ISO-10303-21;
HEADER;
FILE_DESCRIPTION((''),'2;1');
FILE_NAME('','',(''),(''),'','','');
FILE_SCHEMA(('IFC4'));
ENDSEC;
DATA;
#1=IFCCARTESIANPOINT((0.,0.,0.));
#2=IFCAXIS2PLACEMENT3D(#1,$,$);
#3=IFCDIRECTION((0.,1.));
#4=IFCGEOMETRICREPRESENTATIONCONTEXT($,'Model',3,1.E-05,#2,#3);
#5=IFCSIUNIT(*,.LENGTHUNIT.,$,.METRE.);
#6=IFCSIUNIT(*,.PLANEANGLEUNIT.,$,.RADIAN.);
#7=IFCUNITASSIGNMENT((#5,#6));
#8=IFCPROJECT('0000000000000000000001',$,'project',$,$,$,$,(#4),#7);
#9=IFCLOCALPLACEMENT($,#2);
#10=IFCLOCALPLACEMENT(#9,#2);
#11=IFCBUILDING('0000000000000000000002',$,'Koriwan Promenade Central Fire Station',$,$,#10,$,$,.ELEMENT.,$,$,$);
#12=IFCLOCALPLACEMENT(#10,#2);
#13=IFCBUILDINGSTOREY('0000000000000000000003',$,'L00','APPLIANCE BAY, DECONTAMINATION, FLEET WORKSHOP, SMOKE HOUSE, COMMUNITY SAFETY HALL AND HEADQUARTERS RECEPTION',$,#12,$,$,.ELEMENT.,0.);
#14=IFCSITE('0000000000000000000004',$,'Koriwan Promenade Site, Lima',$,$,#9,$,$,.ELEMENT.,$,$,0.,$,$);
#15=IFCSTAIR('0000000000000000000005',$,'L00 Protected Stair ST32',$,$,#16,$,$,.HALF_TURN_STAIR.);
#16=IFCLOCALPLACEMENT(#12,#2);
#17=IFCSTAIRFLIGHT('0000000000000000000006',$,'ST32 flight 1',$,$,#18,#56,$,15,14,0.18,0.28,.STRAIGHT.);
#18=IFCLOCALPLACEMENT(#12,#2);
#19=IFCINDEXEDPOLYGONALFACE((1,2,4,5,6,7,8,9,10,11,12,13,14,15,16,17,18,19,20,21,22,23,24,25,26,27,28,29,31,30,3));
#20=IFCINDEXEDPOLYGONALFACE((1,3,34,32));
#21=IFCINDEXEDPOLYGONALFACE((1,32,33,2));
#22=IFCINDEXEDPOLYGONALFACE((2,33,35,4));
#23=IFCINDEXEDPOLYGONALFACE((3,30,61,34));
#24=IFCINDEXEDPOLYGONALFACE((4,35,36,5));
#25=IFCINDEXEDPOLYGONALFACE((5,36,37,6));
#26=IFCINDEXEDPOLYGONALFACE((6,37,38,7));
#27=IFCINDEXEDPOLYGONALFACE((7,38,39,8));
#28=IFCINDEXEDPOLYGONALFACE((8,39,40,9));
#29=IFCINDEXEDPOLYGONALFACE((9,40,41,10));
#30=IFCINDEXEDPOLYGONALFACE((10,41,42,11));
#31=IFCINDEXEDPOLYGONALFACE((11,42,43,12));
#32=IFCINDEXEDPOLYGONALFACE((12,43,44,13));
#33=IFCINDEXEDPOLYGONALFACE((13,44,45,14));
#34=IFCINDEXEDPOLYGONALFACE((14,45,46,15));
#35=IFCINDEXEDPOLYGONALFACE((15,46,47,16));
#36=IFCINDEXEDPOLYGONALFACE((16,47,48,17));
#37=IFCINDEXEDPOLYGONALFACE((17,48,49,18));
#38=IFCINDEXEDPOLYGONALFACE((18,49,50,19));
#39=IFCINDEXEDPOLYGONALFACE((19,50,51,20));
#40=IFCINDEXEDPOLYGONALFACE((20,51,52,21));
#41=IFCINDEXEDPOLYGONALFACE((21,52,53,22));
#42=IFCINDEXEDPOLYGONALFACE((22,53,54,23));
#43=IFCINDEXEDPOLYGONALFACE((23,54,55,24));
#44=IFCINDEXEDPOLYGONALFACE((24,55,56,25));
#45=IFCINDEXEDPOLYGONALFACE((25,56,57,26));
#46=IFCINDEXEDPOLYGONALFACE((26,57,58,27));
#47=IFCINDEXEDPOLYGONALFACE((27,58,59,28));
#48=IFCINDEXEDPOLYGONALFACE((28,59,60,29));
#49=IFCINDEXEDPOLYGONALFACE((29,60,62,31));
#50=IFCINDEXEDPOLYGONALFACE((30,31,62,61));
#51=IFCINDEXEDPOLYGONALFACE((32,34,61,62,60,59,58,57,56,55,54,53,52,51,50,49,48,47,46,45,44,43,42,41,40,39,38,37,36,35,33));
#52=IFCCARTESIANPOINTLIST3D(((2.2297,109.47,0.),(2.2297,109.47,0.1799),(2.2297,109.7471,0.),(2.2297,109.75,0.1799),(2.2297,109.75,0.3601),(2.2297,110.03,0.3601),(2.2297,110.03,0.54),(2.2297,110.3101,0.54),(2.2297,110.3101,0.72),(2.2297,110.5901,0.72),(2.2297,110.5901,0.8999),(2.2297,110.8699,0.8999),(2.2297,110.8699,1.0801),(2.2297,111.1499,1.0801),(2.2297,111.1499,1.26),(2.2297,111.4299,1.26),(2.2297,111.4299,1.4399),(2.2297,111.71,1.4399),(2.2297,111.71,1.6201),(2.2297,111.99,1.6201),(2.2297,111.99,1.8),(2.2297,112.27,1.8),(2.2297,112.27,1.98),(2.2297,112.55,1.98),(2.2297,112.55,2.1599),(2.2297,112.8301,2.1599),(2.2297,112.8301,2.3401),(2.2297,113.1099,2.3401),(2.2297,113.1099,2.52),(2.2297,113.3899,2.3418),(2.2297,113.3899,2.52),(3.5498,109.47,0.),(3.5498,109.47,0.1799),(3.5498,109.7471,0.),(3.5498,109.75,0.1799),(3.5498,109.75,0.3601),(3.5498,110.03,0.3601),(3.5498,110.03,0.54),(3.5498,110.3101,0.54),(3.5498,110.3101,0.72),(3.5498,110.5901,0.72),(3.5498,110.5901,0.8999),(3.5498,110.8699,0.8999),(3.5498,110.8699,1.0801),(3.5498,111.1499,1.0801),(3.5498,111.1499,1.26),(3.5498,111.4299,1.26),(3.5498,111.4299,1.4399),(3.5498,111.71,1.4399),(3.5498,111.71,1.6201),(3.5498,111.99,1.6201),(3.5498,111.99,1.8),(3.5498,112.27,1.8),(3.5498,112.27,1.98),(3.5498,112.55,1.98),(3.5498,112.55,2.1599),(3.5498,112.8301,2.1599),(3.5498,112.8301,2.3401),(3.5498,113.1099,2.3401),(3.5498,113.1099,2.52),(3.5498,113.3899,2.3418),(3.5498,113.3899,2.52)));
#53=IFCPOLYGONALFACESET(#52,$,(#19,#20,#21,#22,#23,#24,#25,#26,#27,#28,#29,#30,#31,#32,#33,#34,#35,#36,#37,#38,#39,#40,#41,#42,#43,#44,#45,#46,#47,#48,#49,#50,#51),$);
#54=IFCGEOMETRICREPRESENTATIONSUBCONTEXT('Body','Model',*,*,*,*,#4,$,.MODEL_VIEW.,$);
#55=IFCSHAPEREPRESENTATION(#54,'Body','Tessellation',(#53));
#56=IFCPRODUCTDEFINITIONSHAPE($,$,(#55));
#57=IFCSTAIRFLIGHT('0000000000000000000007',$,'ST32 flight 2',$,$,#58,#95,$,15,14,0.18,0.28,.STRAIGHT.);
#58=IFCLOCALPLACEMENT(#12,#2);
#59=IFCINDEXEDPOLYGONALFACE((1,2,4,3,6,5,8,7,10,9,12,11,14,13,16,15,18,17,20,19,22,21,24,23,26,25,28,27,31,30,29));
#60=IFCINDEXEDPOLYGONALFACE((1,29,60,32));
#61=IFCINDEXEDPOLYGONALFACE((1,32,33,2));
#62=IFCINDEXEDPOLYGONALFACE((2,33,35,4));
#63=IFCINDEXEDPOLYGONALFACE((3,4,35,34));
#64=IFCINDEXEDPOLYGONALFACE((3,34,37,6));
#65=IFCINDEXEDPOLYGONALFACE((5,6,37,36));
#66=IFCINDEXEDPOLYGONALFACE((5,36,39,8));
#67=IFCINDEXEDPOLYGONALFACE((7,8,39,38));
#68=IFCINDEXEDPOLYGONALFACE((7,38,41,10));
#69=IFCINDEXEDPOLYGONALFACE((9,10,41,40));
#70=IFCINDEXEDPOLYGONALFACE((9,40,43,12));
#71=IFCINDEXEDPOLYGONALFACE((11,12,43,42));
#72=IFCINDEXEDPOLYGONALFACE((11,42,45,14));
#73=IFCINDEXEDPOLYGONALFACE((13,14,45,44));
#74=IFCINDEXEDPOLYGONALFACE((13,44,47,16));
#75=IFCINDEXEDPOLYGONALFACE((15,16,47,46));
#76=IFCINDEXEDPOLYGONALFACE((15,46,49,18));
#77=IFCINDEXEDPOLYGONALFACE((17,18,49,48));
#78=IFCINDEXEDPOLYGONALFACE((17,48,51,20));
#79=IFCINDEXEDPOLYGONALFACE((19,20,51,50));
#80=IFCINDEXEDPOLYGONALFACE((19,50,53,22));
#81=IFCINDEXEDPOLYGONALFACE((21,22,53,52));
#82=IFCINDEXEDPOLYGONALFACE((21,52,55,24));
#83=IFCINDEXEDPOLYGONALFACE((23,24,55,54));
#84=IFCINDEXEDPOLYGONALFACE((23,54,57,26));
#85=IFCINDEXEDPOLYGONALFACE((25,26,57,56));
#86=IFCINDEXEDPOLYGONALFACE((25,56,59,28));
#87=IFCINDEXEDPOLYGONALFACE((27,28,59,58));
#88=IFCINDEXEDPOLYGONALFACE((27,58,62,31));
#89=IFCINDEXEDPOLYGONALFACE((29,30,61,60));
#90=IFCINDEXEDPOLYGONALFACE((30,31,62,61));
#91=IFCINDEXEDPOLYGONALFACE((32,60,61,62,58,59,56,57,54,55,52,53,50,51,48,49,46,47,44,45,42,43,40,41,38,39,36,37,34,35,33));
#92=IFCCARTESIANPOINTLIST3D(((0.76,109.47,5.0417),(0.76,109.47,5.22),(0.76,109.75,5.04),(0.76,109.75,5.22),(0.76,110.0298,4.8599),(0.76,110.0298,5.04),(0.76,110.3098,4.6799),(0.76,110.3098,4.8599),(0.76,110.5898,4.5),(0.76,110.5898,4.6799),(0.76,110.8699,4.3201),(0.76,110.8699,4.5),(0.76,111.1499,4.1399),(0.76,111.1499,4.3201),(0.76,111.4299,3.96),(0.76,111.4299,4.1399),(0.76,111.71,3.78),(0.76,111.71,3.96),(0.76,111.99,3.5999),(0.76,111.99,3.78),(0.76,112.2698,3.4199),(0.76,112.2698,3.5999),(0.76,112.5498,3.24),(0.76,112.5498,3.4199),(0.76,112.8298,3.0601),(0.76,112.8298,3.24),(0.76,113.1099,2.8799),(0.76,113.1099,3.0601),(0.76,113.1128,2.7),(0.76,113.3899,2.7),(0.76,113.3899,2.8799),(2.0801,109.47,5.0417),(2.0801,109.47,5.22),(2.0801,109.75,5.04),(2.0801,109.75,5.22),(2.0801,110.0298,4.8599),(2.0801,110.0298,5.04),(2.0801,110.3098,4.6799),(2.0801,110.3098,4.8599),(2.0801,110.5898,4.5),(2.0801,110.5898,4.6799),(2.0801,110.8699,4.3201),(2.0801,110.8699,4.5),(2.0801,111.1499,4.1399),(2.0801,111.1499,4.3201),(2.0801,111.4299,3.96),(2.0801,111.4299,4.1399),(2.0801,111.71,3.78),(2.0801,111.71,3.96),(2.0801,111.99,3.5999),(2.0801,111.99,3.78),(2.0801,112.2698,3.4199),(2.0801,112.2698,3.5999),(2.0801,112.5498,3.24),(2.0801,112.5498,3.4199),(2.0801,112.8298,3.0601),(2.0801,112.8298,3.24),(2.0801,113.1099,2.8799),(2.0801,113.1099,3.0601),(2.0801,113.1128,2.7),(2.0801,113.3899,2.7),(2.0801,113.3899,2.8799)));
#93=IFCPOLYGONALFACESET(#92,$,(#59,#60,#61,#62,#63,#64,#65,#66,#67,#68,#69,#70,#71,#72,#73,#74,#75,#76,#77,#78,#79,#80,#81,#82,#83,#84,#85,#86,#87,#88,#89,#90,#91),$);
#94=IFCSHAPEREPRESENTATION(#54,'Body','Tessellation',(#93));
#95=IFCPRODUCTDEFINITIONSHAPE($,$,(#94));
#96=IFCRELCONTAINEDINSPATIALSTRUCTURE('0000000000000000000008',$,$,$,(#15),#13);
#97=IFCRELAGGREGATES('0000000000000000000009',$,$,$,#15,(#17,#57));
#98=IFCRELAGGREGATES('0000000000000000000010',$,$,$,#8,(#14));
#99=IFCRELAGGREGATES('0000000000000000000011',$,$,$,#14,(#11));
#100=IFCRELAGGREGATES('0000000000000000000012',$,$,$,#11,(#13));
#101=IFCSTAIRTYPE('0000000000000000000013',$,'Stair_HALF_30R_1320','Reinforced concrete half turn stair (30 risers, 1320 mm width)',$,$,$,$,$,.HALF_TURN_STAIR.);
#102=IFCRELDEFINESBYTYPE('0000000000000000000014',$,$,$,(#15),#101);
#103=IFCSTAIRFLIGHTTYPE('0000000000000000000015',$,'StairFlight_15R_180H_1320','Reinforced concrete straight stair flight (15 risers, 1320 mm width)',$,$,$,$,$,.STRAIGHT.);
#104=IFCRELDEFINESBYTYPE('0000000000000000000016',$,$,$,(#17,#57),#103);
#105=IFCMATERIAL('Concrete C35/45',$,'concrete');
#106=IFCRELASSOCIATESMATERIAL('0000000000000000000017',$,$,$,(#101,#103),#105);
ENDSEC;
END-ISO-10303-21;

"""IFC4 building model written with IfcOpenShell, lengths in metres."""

from ifc_helpers import new_model, si_unit, direction, frame, origin, place, context, subcontext, project, spatial, polyline, outline, extrude, material, type_object, element, aggregate, save


model = new_model("IFC4")

# Units and contexts
model_context = context("Model", 3, precision=1e-05, world=origin(), true_north=direction((0.0, 1.0)))
body_context = subcontext(model_context, "Body", "Model", "MODEL_VIEW")
ifc_project = project(units=[si_unit("LENGTHUNIT", "METRE"), si_unit("PLANEANGLEUNIT", "RADIAN")], contexts=[model_context])

# Site, building, storey
site_placement = place(None, origin())
site = spatial("IfcSite", under=ifc_project, at=site_placement, Name="Koriwan Promenade Site, Lima", CompositionType="ELEMENT", RefElevation=0.0)
building_placement = place(site_placement, origin())
building = spatial("IfcBuilding", under=site, at=building_placement, Name="Koriwan Promenade Central Fire Station", CompositionType="ELEMENT")
storey_placement = place(building_placement, origin())
storey = spatial("IfcBuildingStorey", under=building, at=storey_placement, Name="L00", Description="APPLIANCE BAY, DECONTAMINATION, FLEET WORKSHOP, SMOKE HOUSE, COMMUNITY SAFETY HALL AND HEADQUARTERS RECEPTION", CompositionType="ELEMENT", Elevation=0.0)

# Shared definitions
ifc_material_1 = material(Name="Concrete C35/45", Category="concrete")

# Stair, stair flights
stair_type = type_object("IfcStairType", Name="Stair_HALF_30R_1320", Description="Reinforced concrete half turn stair (30 risers, 1320 mm width)", PredefinedType="HALF_TURN_STAIR", material=ifc_material_1)
stair_placement = place(storey_placement, origin())
stair = element("IfcStair", 1, at=stair_placement, inside=storey, type_object=stair_type, Name="L00 Protected Stair ST32", PredefinedType="HALF_TURN_STAIR")
stair_flight_type = type_object("IfcStairFlightType", Name="StairFlight_15R_180H_1320", Description="Reinforced concrete straight stair flight (15 risers, 1320 mm width)", PredefinedType="STRAIGHT", material=ifc_material_1)
stair_flight_1_placement = place(storey_placement, frame((2.8899, 109.47, 0.0), z_axis=(0.0, 0.0, 1.0), x_axis=(0.0, 1.0, 0.0)))
stair_flight_1 = element("IfcStairFlight", 2, at=stair_flight_1_placement, type_object=stair_flight_type, Name="ST32 flight 1", NumberOfRisers=15, NumberOfTreads=14, PredefinedType="STRAIGHT", RiserHeight=0.18, TreadLength=0.28, context=body_context, shape_type="SweptSolid", body=[
    extrude(outline(polyline([(0.0, 0.0), (0.0, 0.1799), (0.28, 0.1799), (0.28, 0.3601), (0.5601, 0.3601), (0.5601, 0.54), (0.8401, 0.54), (0.8401, 0.72), (1.1201, 0.72), (1.1201, 0.8999), (1.3999, 0.8999), (1.3999, 1.0801), (1.6799, 1.0801), (1.6799, 1.26), (1.96, 1.26), (1.96, 1.4399), (2.24, 1.4399), (2.24, 1.6201), (2.52, 1.6201), (2.52, 1.8), (2.8, 1.8), (2.8, 1.98), (3.0801, 1.98), (3.0801, 2.1599), (3.3601, 2.1599), (3.3601, 2.3401), (3.6399, 2.3401), (3.6399, 2.52), (3.9199, 2.52), (3.9199, 2.7), (3.9199, 2.3418), (0.2771, 0.0), (0.0, 0.0)])), frame((0.0, 0.6602, 0.0), z_axis=(0.0, -1.0, 0.0), x_axis=(1.0, 0.0, 0.0)), (0.0, 0.0, 1.0), 1.3201),
])
stair_flight_2_placement = place(storey_placement, frame((1.4199, 113.3899, 2.7), z_axis=(0.0, 0.0, 1.0), x_axis=(0.0, -1.0, 0.0)))
stair_flight_2 = element("IfcStairFlight", 3, at=stair_flight_2_placement, type_object=stair_flight_type, Name="ST32 flight 2", NumberOfRisers=15, NumberOfTreads=14, PredefinedType="STRAIGHT", RiserHeight=0.18, TreadLength=0.28, context=body_context, shape_type="SweptSolid", body=[
    extrude(outline(polyline([(0.0, 0.0), (0.0, 0.1799), (0.28, 0.1799), (0.28, 0.3601), (0.5601, 0.3601), (0.5601, 0.54), (0.8401, 0.54), (0.8401, 0.72), (1.1201, 0.72), (1.1201, 0.8999), (1.3999, 0.8999), (1.3999, 1.0801), (1.6799, 1.0801), (1.6799, 1.26), (1.96, 1.26), (1.96, 1.4399), (2.24, 1.4399), (2.24, 1.6201), (2.52, 1.6201), (2.52, 1.8), (2.8, 1.8), (2.8, 1.98), (3.0801, 1.98), (3.0801, 2.1599), (3.3601, 2.1599), (3.3601, 2.3401), (3.6399, 2.3401), (3.6399, 2.52), (3.9199, 2.52), (3.9199, 2.7), (3.9199, 2.3418), (0.2771, 0.0), (0.0, 0.0)])), frame((0.0, 0.6602, 0.0), z_axis=(0.0, -1.0, 0.0), x_axis=(1.0, 0.0, 0.0)), (0.0, 0.0, 1.0), 1.3201),
])
aggregate(stair, [stair_flight_1, stair_flight_2])

save(model, "model.ifc")
